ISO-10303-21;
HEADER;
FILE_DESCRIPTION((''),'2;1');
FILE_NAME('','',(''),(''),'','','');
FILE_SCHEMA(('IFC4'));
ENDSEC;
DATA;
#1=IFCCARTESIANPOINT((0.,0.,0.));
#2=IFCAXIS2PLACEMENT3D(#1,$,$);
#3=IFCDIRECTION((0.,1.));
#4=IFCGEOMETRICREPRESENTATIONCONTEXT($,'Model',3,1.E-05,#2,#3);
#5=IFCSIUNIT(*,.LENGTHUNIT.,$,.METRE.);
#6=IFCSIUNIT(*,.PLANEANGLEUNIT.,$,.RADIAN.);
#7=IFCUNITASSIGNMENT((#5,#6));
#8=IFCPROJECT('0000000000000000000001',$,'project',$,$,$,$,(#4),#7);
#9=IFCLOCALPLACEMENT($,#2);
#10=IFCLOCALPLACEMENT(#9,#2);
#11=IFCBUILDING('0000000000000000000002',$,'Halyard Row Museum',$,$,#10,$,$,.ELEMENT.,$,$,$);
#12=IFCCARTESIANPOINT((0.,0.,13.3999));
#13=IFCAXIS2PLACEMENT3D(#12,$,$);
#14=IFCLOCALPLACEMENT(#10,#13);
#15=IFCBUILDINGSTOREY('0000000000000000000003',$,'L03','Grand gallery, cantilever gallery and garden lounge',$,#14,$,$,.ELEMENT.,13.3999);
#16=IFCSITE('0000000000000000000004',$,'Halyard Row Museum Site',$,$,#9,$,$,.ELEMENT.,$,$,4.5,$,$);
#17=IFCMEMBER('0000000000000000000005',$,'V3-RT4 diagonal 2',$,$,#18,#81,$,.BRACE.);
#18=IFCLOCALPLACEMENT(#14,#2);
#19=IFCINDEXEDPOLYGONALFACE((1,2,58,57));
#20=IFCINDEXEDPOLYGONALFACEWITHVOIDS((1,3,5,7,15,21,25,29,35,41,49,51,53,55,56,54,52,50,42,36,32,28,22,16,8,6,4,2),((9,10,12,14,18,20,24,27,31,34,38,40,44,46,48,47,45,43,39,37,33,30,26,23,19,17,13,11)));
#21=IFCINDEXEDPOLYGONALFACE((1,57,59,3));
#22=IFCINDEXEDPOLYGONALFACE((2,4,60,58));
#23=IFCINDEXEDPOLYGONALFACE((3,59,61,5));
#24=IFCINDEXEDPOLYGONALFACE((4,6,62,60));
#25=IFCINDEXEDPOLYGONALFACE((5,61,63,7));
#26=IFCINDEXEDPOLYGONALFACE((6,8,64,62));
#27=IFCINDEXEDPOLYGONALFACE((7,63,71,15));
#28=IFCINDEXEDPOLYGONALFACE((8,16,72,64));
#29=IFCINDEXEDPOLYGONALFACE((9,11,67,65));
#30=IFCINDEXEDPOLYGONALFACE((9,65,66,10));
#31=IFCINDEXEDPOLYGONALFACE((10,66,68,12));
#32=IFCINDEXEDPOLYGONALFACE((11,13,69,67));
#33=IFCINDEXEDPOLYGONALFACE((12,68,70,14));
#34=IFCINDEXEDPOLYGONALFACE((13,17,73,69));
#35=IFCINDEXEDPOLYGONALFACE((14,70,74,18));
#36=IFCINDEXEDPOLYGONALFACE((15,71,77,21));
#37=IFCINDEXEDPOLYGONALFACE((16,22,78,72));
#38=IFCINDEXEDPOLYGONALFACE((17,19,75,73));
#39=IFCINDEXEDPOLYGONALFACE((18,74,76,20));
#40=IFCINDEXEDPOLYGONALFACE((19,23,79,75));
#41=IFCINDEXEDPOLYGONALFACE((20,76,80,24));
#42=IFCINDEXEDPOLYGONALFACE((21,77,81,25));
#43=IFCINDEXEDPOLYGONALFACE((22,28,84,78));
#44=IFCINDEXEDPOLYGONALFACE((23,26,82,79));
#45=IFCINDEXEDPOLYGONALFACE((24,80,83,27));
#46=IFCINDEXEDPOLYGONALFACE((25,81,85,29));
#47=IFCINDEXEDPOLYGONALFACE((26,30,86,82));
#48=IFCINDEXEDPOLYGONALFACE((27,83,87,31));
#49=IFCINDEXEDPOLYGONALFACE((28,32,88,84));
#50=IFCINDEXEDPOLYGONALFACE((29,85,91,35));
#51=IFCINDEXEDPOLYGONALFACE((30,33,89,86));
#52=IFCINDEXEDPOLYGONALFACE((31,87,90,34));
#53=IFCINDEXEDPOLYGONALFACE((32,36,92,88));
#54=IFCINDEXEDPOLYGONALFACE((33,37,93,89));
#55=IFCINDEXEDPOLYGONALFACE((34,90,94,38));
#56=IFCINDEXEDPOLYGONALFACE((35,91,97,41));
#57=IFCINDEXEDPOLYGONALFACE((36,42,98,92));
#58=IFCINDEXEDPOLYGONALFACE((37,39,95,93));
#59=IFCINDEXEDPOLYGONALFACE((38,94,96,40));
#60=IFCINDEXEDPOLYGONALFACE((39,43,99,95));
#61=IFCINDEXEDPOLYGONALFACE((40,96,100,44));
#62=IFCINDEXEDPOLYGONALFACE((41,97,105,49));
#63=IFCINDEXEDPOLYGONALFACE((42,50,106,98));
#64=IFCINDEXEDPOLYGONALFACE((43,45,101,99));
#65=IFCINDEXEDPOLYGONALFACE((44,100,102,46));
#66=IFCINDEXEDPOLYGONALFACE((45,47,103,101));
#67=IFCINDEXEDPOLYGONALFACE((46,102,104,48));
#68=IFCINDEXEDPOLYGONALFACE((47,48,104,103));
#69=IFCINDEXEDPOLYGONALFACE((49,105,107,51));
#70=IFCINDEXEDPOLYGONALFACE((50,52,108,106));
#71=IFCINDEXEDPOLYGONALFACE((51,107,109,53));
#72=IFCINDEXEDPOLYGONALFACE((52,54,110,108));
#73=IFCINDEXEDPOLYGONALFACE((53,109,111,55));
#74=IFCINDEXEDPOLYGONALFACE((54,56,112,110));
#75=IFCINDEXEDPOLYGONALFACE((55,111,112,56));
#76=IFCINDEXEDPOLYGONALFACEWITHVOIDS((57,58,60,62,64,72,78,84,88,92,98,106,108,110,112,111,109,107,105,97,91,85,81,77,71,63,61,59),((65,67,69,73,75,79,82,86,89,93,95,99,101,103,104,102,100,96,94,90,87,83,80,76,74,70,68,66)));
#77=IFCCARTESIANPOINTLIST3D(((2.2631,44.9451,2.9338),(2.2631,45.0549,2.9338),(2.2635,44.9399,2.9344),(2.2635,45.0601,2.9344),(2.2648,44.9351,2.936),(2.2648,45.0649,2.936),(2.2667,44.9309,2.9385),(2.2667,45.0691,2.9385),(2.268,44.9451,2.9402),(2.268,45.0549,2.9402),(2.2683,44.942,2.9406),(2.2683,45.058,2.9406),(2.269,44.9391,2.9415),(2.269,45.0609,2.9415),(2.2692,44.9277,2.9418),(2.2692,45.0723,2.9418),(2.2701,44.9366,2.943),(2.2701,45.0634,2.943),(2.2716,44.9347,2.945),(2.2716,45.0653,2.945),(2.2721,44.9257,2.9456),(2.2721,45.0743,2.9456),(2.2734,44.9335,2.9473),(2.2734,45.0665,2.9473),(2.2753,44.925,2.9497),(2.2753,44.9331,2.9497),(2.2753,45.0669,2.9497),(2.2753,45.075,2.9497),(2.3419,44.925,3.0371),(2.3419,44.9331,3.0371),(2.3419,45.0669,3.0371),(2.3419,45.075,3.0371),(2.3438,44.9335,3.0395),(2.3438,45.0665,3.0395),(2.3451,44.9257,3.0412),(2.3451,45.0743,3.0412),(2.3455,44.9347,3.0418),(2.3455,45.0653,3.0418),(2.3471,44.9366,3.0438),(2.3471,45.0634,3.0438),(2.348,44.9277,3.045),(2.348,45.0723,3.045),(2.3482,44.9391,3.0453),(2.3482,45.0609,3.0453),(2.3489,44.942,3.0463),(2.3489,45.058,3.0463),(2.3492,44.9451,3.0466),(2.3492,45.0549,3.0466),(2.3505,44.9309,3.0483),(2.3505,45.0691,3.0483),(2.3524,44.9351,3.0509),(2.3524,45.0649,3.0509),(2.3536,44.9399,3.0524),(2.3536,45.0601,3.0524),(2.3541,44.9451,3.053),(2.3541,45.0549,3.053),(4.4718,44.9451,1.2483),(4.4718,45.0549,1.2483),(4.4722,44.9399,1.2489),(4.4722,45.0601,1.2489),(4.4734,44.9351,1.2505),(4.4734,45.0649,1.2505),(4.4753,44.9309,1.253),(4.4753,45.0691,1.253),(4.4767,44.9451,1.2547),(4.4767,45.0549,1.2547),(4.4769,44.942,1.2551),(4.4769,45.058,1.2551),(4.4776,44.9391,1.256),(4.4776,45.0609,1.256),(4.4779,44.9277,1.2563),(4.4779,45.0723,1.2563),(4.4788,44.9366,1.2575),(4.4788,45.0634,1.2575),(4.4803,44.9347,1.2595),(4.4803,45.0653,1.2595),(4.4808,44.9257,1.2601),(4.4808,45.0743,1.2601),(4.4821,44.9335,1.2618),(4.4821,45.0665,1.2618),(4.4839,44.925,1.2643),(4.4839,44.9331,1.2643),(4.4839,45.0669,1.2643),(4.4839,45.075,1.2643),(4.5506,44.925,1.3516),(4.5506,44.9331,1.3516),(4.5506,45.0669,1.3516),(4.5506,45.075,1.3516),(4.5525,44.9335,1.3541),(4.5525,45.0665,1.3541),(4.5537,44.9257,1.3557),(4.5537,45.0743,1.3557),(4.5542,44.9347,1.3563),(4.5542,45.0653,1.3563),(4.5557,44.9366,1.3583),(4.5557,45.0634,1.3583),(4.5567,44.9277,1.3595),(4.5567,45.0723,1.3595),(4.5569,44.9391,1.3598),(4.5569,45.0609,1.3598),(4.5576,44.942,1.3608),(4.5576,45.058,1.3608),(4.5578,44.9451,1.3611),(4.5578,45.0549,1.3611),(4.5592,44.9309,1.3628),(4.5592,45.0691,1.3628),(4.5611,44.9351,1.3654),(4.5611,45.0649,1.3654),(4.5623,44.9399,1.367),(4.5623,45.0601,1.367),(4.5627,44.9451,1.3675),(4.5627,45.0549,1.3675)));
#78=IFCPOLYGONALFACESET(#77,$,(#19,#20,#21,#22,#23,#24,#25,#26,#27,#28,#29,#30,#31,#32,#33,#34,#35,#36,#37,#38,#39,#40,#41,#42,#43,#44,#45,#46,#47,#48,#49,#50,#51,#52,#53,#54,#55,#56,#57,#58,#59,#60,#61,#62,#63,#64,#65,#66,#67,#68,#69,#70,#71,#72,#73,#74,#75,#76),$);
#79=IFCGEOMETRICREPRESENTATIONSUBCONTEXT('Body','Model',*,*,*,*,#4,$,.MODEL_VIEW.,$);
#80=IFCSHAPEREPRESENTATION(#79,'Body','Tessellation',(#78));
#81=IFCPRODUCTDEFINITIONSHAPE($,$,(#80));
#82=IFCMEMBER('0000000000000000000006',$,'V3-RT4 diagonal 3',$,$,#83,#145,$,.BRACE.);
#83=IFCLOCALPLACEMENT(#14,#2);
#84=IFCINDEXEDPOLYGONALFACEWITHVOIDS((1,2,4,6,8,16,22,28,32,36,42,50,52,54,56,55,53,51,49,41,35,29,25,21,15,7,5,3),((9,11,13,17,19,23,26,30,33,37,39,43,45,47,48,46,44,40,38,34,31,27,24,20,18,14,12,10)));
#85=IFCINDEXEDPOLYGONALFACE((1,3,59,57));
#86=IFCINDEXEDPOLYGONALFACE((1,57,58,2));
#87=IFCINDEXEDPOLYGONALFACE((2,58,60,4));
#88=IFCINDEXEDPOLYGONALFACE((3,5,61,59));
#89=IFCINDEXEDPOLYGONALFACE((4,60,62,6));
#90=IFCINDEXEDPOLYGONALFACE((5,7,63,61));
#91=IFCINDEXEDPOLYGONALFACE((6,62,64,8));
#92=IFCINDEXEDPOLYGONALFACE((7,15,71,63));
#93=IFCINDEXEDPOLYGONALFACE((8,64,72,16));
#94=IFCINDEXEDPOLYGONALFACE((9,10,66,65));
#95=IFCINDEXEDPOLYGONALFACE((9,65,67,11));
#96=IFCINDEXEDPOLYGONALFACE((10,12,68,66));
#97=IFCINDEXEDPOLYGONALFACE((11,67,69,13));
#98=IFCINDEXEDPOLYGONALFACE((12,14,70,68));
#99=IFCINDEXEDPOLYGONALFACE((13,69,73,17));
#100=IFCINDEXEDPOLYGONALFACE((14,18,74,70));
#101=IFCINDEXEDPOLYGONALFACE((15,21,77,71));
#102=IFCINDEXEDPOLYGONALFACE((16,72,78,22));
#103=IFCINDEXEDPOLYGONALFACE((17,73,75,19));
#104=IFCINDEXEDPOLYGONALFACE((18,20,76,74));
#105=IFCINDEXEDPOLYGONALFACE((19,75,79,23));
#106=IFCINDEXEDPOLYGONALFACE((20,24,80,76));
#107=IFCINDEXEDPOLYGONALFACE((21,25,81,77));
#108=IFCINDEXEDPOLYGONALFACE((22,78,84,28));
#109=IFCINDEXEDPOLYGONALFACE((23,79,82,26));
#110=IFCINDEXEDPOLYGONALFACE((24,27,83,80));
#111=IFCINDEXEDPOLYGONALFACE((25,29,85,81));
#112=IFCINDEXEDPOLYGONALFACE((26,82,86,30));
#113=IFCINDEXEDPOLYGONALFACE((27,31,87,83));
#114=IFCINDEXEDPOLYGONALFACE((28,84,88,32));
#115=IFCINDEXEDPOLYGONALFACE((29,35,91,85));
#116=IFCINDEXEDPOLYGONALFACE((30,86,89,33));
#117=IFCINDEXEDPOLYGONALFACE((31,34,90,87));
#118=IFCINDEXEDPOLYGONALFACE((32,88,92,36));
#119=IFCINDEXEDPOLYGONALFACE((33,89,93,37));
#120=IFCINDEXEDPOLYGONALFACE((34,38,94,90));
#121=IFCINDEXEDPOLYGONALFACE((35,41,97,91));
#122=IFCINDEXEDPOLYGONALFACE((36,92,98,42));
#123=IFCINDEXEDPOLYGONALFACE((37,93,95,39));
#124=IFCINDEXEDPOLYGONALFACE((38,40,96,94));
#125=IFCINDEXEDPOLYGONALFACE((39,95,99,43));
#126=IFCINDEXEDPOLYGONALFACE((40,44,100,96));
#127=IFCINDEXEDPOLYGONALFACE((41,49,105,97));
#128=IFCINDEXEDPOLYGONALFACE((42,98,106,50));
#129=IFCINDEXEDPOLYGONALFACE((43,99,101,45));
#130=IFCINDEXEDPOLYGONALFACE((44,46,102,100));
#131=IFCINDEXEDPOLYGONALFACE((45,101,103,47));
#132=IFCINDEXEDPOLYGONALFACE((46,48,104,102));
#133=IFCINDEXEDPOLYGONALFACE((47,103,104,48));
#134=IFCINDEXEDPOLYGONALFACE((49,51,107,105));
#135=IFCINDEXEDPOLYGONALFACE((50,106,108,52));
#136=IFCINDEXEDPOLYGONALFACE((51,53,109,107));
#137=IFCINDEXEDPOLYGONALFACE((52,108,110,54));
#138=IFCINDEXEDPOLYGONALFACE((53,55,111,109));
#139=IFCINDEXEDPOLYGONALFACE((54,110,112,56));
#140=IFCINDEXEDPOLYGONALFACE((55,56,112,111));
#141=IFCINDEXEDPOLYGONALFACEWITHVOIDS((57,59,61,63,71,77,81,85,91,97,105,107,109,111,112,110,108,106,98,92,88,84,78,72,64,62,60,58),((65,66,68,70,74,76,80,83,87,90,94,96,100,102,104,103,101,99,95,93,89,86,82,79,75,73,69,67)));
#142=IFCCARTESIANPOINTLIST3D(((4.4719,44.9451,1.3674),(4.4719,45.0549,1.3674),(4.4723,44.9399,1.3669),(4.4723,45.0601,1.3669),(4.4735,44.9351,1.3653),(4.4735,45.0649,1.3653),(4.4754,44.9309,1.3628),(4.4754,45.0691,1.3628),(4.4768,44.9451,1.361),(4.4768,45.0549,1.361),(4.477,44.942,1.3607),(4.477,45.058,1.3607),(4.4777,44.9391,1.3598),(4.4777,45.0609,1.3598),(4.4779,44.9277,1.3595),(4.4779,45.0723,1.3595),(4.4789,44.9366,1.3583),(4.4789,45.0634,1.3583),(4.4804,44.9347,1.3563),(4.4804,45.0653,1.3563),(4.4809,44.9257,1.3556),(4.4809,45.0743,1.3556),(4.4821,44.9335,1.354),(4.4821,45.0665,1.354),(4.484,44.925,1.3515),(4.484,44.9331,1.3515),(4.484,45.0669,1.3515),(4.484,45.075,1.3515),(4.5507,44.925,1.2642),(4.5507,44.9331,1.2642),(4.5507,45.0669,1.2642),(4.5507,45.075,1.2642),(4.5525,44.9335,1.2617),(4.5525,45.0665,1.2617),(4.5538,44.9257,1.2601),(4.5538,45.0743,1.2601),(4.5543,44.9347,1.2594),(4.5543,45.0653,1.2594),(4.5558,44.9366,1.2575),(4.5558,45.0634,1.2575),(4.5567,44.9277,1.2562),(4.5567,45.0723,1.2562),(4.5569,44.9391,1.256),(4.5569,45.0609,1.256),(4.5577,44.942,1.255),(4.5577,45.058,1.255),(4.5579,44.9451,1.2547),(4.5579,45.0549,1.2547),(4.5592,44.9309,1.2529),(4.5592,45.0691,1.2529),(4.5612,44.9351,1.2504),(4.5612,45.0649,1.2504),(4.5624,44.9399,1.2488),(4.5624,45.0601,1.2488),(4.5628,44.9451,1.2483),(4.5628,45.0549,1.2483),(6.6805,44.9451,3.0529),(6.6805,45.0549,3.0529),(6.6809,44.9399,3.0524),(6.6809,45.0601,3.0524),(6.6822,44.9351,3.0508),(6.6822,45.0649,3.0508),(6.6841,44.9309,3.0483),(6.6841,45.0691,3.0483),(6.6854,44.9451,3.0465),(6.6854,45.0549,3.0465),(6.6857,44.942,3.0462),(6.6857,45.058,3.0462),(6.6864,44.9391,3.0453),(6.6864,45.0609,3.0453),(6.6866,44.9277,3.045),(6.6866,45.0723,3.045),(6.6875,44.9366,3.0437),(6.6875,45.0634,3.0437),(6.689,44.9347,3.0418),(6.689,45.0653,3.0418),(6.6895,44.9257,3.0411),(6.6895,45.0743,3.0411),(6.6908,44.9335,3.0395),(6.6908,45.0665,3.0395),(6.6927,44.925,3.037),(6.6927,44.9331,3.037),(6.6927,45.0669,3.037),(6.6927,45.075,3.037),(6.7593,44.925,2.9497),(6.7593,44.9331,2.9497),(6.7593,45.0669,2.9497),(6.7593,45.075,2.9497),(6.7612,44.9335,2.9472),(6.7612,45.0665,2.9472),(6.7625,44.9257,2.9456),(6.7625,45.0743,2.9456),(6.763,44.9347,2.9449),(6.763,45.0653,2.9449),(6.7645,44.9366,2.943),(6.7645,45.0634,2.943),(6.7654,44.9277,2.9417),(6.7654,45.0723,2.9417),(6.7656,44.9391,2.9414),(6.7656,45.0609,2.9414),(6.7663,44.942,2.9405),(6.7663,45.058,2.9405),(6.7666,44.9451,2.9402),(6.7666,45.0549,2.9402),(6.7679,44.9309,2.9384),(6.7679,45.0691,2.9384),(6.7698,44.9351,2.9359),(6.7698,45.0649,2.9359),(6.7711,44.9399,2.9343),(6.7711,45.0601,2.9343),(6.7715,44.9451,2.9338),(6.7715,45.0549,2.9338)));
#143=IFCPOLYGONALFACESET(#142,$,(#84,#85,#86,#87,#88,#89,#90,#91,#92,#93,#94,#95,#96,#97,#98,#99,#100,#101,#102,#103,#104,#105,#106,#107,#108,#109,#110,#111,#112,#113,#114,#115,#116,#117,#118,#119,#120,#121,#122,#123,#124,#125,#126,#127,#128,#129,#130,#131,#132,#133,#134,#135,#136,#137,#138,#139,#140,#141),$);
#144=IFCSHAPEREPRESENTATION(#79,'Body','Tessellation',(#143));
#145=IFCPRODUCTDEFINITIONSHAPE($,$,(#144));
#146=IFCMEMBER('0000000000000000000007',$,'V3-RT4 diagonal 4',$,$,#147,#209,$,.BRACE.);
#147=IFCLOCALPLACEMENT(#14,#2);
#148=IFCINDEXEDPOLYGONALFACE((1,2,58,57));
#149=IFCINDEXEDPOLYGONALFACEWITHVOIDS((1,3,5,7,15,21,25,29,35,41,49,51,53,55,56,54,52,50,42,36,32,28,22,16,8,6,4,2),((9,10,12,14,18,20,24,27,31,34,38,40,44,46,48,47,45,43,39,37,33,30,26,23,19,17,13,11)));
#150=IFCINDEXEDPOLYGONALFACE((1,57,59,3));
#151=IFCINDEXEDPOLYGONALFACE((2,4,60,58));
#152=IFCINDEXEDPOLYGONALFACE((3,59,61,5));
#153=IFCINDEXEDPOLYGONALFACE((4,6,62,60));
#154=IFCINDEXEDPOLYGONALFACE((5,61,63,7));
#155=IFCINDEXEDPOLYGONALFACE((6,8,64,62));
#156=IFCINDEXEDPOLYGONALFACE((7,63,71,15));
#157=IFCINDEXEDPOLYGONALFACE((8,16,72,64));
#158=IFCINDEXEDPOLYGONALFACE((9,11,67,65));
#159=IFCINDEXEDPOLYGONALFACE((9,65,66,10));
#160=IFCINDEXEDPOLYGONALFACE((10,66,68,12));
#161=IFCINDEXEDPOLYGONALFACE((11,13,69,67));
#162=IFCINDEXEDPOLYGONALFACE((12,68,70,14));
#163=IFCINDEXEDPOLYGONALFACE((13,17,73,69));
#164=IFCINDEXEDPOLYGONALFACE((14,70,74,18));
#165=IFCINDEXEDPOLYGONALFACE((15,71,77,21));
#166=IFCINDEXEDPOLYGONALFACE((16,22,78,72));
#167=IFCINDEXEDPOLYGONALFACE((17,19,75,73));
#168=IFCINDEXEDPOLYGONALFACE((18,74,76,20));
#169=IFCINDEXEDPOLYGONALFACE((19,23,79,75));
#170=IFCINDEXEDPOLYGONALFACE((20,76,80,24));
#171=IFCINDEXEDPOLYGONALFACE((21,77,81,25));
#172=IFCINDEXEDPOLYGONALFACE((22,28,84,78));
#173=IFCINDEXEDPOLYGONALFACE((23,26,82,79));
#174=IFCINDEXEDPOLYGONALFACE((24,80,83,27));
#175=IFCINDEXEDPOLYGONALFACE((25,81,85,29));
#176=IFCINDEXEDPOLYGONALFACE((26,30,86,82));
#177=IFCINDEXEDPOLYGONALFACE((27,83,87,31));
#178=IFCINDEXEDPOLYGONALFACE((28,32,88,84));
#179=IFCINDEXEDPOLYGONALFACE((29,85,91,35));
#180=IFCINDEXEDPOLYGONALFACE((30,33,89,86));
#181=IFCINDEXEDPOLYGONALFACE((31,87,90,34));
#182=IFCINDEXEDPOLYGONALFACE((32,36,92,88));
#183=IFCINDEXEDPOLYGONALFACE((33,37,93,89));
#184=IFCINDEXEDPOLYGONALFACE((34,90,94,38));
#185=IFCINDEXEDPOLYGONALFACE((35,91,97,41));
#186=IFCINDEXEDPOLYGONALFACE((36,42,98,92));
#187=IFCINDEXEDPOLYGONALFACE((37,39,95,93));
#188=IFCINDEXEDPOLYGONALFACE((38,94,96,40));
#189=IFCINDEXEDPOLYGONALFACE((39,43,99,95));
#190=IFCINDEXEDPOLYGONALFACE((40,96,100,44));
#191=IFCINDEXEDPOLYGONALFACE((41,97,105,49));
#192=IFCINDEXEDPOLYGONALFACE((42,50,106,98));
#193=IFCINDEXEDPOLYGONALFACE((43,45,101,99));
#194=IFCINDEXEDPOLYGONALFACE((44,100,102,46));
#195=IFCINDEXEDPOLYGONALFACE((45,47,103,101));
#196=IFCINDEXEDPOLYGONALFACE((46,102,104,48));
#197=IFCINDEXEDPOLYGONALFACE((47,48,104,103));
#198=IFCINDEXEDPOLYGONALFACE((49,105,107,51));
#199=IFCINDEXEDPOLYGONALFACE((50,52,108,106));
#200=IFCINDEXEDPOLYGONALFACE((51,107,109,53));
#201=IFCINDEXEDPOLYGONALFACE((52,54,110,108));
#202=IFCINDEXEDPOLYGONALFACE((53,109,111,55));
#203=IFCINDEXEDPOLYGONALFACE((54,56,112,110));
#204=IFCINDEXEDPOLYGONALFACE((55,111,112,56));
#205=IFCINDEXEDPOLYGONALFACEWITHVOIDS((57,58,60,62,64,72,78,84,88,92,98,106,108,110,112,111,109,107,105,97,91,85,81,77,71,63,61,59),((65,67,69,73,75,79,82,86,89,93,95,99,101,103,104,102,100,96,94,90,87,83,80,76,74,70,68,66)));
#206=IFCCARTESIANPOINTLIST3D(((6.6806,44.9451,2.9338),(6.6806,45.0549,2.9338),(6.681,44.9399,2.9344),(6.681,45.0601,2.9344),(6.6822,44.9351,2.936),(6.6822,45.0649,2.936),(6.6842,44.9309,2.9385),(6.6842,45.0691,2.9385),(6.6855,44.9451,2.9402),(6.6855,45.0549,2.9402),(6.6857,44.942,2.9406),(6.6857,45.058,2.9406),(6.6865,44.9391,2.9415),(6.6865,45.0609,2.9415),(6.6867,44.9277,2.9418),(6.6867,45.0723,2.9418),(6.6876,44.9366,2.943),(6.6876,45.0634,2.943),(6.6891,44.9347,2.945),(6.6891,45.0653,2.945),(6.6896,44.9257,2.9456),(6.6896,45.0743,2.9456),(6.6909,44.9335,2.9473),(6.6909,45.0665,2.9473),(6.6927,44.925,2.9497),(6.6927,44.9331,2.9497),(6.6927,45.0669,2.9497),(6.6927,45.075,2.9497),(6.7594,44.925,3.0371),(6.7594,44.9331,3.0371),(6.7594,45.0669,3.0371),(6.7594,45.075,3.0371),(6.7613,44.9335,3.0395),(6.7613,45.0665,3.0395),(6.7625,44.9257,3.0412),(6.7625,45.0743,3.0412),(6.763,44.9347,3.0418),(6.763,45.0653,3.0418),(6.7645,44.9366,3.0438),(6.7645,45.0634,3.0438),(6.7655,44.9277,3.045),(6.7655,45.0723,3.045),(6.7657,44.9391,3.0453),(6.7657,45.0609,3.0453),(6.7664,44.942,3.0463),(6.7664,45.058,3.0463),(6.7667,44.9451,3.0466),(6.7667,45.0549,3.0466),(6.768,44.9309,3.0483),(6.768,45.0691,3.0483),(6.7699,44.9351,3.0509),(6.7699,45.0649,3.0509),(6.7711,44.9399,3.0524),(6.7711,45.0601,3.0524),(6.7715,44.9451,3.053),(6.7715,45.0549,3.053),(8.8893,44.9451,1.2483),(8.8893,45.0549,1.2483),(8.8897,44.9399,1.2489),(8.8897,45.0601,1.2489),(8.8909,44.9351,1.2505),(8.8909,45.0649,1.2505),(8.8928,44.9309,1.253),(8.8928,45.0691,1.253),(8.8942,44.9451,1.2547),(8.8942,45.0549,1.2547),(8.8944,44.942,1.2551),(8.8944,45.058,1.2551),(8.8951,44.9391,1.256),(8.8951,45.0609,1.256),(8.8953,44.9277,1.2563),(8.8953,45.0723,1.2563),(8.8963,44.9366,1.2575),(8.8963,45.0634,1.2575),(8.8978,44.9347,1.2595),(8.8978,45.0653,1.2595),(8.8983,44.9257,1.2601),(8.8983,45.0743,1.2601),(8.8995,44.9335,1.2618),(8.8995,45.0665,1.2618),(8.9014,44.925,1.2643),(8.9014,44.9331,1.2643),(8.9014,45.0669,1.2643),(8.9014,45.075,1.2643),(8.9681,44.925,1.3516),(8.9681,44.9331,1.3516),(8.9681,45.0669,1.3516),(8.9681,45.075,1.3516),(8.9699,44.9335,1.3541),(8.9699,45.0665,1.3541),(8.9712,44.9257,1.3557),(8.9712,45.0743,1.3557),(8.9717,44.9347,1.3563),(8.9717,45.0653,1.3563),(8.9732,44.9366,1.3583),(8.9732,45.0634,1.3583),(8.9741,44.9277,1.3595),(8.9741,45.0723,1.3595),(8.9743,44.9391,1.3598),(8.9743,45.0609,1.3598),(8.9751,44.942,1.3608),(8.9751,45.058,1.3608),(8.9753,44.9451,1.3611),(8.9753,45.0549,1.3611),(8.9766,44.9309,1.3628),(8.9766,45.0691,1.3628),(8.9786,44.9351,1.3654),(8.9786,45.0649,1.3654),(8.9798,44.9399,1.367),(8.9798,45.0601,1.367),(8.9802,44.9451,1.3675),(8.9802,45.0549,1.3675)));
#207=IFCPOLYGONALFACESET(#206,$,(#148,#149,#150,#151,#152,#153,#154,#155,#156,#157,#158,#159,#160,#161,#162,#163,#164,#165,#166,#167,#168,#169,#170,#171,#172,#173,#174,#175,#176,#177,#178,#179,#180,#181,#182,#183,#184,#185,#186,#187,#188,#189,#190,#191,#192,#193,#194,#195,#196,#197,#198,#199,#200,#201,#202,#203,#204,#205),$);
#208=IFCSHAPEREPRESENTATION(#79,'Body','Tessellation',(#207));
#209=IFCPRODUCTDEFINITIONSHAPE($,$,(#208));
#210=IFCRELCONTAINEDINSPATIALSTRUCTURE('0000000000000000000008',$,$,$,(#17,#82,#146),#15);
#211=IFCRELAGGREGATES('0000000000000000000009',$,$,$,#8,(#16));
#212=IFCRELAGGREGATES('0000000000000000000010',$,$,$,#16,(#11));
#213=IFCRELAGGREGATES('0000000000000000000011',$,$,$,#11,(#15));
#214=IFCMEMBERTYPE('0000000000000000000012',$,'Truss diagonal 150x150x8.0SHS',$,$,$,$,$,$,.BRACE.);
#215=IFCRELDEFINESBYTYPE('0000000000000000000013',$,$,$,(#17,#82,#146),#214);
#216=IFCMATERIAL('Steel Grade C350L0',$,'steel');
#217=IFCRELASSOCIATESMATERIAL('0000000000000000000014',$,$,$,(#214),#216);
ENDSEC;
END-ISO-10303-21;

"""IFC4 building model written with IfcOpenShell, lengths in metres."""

from ifc_helpers import new_model, si_unit, direction, frame, origin, origin_2d, place, context, subcontext, project, spatial, hollow_rectangle, extrude, material, material_profile, profile_set, type_object, element, save


model = new_model("IFC4")

# Units and contexts
model_context = context("Model", 3, precision=1e-05, world=origin(), true_north=direction((0.0, 1.0)))
body_context = subcontext(model_context, "Body", "Model", "MODEL_VIEW")
ifc_project = project(units=[si_unit("LENGTHUNIT", "METRE"), si_unit("PLANEANGLEUNIT", "RADIAN")], contexts=[model_context])

# Site, building, storey
site_placement = place(None, origin())
site = spatial("IfcSite", under=ifc_project, at=site_placement, Name="Halyard Row Museum Site", CompositionType="ELEMENT", RefElevation=4.5)
building_placement = place(site_placement, origin())
building = spatial("IfcBuilding", under=site, at=building_placement, Name="Halyard Row Museum", CompositionType="ELEMENT")
storey_placement = place(building_placement, frame((0.0, 0.0, 13.3999)))
storey = spatial("IfcBuildingStorey", under=building, at=storey_placement, Name="L03", Description="Grand gallery, cantilever gallery and garden lounge", CompositionType="ELEMENT", Elevation=13.3999)

# Members
ifc_material_1 = material(Name="Steel Grade C350L0", Category="steel")
ifc_material_profile_1 = material_profile(ifc_material_1, hollow_rectangle(XDim=0.1499, YDim=0.1499, WallThickness=0.0081, InnerFilletRadius=0.012, OuterFilletRadius=0.02, at=origin_2d()), Name="150x150x8.0SHS")
ifc_profile_set_1 = profile_set([ifc_material_profile_1], Name="Steel Grade C350L0")
member_type_1 = type_object("IfcMemberType", Name="Truss diagonal 150x150x8.0SHS", PredefinedType="BRACE", material=ifc_profile_set_1)
for number, where, z_axis, x_axis, name in (
    (1, (2.3086, 45.0, 2.9934), (0.794964, 0.0, -0.606657), (0.0, 1.0, 0.0), "V3-RT4 diagonal 2"),
    (2, (4.5173, 45.0, 1.3079), (0.794964, 0.0, 0.606657), (0.0, 1.0, 0.0), "V3-RT4 diagonal 3"),
    (3, (6.7261, 45.0, 2.9934), (0.794964, 0.0, -0.606657), (0.0, 1.0, 0.0), "V3-RT4 diagonal 4"),
):
    element("IfcMember", number, at=place(storey_placement, frame(where, z_axis=z_axis, x_axis=x_axis)), inside=storey, type_object=member_type_1, Name=name, PredefinedType="BRACE", context=body_context, shape_type="SweptSolid", body=[
        extrude(hollow_rectangle(XDim=0.1499, YDim=0.1499, WallThickness=0.0081, InnerFilletRadius=0.012, OuterFilletRadius=0.02, at=origin_2d()), origin(), (0.0, 0.0, 1.0), 2.7783),
    ])

save(model, "model.ifc")
